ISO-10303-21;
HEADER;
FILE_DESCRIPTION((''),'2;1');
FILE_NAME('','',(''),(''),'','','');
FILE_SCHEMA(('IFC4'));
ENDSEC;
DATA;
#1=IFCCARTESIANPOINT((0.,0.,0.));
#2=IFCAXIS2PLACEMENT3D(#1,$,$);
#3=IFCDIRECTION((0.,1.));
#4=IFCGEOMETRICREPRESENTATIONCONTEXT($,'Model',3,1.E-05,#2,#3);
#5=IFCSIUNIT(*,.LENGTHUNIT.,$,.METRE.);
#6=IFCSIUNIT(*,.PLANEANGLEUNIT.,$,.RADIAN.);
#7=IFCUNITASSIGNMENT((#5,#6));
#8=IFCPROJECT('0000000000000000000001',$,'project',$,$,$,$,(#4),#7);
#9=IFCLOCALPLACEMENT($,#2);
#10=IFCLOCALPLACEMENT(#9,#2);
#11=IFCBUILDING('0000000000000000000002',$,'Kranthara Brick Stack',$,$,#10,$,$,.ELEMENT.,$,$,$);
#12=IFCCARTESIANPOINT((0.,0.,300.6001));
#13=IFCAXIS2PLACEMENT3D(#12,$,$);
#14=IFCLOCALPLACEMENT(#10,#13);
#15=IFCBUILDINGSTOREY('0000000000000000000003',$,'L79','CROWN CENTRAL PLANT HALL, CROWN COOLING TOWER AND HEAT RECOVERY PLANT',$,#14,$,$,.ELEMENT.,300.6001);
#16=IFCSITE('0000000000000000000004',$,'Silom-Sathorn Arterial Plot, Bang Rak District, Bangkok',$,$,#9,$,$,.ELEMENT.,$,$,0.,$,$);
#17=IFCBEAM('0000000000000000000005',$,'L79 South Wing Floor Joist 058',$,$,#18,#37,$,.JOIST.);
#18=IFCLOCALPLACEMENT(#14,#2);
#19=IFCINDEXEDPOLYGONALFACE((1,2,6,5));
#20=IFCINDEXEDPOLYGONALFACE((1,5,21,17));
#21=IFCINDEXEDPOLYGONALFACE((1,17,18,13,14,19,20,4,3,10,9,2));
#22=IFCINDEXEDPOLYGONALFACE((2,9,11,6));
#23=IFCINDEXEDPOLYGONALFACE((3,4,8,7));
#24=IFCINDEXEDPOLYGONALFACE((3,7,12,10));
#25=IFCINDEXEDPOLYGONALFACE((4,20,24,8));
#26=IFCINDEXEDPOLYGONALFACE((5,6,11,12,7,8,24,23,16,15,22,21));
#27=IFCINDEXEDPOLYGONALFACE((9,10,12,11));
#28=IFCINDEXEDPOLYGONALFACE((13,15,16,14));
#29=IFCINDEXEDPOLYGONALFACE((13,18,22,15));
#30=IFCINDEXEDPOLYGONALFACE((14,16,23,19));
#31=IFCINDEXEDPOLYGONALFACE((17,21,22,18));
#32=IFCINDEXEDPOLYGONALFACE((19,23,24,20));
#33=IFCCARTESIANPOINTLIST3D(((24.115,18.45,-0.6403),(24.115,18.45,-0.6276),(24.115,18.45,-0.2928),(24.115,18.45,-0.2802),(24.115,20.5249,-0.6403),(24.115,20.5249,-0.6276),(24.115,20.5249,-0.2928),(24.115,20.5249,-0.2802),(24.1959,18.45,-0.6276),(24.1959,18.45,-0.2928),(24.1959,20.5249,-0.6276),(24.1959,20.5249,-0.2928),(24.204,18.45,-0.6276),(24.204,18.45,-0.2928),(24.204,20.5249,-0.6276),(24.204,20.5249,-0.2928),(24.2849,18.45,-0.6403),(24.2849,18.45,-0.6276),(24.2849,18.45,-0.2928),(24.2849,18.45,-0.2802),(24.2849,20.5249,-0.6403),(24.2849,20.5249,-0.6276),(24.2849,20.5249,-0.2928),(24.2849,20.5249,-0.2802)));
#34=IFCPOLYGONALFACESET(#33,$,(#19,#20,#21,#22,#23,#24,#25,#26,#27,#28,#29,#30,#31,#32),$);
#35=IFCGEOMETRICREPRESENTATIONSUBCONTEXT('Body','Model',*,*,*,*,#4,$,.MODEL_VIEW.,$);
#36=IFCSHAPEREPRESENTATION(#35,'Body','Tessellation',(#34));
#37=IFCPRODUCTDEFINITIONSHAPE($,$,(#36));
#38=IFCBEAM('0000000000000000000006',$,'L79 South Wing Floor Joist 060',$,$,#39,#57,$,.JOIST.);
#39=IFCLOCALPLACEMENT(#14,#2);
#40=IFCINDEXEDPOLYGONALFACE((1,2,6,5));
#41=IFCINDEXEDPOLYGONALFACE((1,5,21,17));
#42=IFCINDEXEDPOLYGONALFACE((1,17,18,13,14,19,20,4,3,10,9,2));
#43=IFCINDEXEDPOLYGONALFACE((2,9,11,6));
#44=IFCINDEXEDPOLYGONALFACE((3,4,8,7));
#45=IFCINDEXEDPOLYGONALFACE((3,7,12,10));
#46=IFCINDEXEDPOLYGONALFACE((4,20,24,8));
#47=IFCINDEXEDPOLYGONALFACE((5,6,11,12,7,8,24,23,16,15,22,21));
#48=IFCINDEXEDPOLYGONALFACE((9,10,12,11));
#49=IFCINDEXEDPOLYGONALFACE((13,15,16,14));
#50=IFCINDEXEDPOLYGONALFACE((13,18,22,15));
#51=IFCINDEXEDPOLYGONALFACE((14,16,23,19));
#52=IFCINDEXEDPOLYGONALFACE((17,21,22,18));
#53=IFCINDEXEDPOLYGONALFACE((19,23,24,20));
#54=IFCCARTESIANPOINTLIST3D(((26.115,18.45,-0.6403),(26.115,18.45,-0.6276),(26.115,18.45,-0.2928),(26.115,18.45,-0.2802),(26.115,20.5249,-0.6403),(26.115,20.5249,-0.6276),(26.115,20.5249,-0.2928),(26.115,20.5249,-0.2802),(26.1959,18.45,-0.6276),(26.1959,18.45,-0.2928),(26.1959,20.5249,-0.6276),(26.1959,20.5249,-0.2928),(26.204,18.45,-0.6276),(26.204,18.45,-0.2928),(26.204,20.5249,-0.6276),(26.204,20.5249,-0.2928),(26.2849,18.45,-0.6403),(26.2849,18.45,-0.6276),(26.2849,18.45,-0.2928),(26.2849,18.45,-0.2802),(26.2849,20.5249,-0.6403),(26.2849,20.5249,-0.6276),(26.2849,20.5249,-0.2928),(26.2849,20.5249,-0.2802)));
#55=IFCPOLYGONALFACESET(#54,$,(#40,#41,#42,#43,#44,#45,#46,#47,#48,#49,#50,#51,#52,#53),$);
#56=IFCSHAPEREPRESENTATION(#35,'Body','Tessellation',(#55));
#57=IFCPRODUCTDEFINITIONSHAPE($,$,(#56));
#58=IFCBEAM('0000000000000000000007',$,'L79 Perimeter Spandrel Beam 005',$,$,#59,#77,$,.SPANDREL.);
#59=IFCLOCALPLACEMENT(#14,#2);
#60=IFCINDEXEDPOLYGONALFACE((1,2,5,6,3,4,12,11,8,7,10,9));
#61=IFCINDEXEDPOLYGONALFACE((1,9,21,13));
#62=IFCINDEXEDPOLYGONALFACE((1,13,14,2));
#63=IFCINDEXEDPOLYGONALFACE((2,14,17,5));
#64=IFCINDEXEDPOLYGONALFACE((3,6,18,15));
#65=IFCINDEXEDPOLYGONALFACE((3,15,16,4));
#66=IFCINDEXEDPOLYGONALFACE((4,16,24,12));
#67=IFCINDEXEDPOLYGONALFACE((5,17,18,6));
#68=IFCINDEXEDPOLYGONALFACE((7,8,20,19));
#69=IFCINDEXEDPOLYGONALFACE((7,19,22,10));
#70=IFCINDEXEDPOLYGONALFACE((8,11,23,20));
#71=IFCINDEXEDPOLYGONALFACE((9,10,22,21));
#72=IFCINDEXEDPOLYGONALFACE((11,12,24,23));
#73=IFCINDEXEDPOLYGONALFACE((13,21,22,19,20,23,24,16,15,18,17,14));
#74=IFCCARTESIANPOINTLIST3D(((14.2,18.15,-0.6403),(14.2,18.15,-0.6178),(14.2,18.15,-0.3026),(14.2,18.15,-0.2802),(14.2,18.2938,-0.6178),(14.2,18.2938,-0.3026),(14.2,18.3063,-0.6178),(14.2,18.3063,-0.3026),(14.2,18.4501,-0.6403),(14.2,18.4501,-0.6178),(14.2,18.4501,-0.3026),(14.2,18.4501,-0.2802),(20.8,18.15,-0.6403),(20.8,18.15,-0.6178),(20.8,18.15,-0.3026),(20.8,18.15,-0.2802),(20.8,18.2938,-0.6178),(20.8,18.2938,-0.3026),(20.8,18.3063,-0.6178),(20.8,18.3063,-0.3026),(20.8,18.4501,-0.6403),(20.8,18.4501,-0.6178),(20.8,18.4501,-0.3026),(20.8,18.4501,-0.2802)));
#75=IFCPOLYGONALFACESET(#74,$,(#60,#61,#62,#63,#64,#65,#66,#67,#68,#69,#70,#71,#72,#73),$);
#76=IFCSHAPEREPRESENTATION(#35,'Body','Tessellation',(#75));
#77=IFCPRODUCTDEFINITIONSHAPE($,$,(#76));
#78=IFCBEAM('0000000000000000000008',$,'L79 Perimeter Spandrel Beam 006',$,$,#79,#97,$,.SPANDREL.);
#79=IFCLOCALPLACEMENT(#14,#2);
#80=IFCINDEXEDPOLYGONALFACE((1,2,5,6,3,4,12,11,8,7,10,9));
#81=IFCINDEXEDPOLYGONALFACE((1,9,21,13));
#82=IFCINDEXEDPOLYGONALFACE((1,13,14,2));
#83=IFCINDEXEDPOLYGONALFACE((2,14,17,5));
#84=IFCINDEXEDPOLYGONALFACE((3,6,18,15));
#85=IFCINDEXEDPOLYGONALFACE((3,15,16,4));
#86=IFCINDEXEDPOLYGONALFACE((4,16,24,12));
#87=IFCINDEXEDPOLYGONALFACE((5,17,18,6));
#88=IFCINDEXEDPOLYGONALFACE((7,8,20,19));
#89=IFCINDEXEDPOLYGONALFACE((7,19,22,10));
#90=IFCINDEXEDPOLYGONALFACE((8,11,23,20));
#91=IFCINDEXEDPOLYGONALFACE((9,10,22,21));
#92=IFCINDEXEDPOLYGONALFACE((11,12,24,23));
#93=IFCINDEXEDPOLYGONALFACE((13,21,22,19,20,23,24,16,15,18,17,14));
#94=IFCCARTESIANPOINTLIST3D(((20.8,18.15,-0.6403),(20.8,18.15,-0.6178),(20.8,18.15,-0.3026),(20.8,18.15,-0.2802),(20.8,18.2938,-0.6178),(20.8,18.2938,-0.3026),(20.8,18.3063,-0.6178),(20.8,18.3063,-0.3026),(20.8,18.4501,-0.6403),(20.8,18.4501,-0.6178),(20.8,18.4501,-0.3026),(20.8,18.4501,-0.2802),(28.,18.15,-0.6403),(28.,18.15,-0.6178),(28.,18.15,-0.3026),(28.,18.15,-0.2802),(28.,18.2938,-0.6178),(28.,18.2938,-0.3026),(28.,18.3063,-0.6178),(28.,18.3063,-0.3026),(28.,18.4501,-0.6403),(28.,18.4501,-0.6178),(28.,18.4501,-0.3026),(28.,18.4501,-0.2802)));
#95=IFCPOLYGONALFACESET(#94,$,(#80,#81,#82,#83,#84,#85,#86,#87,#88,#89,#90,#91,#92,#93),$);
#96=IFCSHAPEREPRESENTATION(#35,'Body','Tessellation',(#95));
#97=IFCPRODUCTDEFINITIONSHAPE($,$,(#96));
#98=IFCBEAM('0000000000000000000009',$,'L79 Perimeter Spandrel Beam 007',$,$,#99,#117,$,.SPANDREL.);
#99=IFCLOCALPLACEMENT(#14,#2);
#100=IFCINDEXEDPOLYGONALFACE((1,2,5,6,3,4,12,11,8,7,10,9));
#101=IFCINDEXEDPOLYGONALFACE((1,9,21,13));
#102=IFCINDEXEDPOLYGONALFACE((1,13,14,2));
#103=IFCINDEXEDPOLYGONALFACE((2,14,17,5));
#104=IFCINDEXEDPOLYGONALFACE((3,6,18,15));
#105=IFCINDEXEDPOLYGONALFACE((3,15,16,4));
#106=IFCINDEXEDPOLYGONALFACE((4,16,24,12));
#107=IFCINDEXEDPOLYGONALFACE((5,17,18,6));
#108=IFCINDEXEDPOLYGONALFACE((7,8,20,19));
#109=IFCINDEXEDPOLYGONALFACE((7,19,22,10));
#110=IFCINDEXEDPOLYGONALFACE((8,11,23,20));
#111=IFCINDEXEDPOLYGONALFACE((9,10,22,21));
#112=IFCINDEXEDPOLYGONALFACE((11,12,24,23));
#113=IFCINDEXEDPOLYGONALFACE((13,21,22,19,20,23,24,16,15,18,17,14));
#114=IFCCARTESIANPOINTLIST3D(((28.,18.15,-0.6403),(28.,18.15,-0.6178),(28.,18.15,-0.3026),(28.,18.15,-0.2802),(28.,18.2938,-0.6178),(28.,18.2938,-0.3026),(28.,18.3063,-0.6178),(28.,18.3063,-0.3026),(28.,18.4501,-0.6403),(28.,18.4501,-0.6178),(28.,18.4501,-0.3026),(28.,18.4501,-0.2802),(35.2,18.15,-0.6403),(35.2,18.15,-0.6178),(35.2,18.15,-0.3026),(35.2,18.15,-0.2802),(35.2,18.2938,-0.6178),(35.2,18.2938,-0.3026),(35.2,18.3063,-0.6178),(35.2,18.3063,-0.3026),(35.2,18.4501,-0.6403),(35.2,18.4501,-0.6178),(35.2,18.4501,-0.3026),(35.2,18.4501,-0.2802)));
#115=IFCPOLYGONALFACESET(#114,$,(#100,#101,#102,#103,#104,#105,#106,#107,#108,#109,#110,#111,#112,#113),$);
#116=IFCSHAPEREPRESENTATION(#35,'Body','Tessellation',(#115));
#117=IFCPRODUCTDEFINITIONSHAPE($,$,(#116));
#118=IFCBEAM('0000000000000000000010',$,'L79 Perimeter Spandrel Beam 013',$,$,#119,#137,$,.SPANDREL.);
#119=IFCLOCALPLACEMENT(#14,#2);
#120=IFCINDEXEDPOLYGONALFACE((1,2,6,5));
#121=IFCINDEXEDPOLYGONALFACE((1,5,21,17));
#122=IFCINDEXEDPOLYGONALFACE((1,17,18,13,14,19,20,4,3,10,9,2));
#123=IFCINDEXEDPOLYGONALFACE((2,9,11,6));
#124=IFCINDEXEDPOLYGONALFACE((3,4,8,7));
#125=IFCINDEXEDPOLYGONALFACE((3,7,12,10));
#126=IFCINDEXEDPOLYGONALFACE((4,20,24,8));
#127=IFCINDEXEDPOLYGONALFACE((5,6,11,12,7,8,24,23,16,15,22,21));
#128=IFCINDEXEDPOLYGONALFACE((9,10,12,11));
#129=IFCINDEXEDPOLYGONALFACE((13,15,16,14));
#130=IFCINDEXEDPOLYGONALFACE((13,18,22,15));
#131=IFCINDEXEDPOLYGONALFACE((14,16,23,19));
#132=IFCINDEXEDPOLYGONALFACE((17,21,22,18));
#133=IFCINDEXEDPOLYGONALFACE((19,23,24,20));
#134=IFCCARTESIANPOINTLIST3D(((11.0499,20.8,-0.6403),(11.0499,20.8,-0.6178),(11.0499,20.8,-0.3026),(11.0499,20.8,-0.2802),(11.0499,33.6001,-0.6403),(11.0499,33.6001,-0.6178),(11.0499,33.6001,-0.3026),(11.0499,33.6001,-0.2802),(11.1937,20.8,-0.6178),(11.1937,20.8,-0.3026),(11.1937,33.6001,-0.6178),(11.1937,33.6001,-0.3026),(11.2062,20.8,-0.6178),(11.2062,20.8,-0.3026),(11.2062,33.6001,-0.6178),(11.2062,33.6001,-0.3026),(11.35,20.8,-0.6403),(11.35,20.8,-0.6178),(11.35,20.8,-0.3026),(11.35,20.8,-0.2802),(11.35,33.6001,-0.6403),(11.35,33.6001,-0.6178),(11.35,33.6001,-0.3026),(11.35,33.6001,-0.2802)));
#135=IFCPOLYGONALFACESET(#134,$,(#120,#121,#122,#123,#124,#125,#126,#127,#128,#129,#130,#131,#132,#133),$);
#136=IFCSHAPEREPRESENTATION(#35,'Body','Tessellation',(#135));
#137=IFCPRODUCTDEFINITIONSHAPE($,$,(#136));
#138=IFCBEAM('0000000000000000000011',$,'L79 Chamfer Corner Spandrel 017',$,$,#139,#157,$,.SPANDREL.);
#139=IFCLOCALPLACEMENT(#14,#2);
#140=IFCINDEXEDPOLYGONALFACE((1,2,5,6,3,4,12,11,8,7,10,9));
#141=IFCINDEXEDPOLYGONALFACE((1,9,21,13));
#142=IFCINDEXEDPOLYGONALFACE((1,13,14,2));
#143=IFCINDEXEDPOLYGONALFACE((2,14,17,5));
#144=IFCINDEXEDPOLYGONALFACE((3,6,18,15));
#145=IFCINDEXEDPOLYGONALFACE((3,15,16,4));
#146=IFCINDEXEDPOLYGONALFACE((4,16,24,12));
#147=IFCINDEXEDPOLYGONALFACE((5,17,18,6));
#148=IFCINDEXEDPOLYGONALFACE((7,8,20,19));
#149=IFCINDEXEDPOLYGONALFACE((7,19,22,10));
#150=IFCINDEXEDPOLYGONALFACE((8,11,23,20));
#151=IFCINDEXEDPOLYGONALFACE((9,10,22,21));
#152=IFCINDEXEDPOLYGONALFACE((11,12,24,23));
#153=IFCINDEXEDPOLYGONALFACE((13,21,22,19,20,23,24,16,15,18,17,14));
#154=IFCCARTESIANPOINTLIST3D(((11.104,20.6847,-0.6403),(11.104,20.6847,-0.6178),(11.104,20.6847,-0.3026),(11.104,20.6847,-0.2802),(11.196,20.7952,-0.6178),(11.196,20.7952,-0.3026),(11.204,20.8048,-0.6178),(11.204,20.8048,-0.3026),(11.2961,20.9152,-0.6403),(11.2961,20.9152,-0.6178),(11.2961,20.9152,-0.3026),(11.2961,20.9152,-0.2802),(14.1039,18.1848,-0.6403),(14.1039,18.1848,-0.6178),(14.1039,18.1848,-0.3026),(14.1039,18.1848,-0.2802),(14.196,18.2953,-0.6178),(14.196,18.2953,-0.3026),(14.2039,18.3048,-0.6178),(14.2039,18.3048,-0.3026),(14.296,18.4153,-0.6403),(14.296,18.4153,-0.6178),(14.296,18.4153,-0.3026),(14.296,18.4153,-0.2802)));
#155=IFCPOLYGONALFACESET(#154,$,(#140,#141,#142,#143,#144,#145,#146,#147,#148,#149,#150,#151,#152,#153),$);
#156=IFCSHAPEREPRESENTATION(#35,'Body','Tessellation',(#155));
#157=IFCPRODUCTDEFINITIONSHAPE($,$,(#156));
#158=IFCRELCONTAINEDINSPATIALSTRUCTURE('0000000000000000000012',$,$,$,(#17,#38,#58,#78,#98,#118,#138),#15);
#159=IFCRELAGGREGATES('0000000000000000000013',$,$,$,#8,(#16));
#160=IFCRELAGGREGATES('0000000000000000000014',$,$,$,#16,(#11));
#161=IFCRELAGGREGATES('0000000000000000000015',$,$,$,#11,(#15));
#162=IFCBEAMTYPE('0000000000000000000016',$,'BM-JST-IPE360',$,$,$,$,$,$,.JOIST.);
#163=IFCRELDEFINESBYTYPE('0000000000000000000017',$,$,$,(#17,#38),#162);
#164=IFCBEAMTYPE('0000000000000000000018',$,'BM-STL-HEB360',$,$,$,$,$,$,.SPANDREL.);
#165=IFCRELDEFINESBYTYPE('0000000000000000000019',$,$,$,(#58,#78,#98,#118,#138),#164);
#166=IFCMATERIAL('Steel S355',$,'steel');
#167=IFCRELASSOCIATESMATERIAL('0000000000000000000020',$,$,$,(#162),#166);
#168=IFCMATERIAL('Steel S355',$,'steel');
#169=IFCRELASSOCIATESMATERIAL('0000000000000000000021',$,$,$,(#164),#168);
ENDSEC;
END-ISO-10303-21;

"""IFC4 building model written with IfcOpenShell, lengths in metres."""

from ifc_helpers import new_model, si_unit, direction, frame, origin, origin_2d, place, context, subcontext, project, spatial, i_section, extrude, material, material_profile, profile_set, type_object, element, save


model = new_model("IFC4")

# Units and contexts
model_context = context("Model", 3, precision=1e-05, world=origin(), true_north=direction((0.0, 1.0)))
body_context = subcontext(model_context, "Body", "Model", "MODEL_VIEW")
ifc_project = project(units=[si_unit("LENGTHUNIT", "METRE"), si_unit("PLANEANGLEUNIT", "RADIAN")], contexts=[model_context])

# Site, building, storey
site_placement = place(None, origin())
site = spatial("IfcSite", under=ifc_project, at=site_placement, Name="Silom-Sathorn Arterial Plot, Bang Rak District, Bangkok", CompositionType="ELEMENT", RefElevation=0.0)
building_placement = place(site_placement, origin())
building = spatial("IfcBuilding", under=site, at=building_placement, Name="Kranthara Brick Stack", CompositionType="ELEMENT")
storey_placement = place(building_placement, frame((0.0, 0.0, 300.6001)))
storey = spatial("IfcBuildingStorey", under=building, at=storey_placement, Name="L79", Description="CROWN CENTRAL PLANT HALL, CROWN COOLING TOWER AND HEAT RECOVERY PLANT", CompositionType="ELEMENT", Elevation=300.6001)

# Beams
ifc_material_1 = material(Name="Steel S355", Category="steel")
ifc_material_profile_1 = material_profile(ifc_material_1, i_section(OverallWidth=0.1699, OverallDepth=0.3601, WebThickness=0.0081, FlangeThickness=0.0127, at=origin_2d()), Name="IPE 360")
ifc_profile_set_1 = profile_set([ifc_material_profile_1], Name="Steel S355")
beam_type_1 = type_object("IfcBeamType", Name="BM-JST-IPE360", PredefinedType="JOIST", material=ifc_profile_set_1)
for number, where, z_axis, x_axis, name in (
    (1, (24.2, 18.45, -0.4602), (0.0, 1.0, 0.0), (-1.0, 0.0, 0.0), "L79 South Wing Floor Joist 058"),
    (2, (26.2, 18.45, -0.4602), (0.0, 1.0, 0.0), (-1.0, 0.0, 0.0), "L79 South Wing Floor Joist 060"),
):
    element("IfcBeam", number, at=place(storey_placement, frame(where, z_axis=z_axis, x_axis=x_axis)), inside=storey, type_object=beam_type_1, Name=name, PredefinedType="JOIST", context=body_context, shape_type="SweptSolid", body=[
        extrude(i_section(OverallWidth=0.1699, OverallDepth=0.3601, WebThickness=0.0081, FlangeThickness=0.0127, at=origin_2d()), origin(), (0.0, 0.0, 1.0), 2.075),
    ])
ifc_material_2 = material(Name="Steel S355", Category="steel")
ifc_material_profile_2 = material_profile(ifc_material_2, i_section(OverallWidth=0.3, OverallDepth=0.3601, WebThickness=0.0125, FlangeThickness=0.0225, at=origin_2d()), Name="HEB 360")
ifc_profile_set_2 = profile_set([ifc_material_profile_2], Name="Steel S355")
beam_type_2 = type_object("IfcBeamType", Name="BM-STL-HEB360", PredefinedType="SPANDREL", material=ifc_profile_set_2)
beam_1_placement = place(storey_placement, frame((14.2, 18.3, -0.4602), z_axis=(1.0, 0.0, 0.0), x_axis=(0.0, 1.0, 0.0)))
element("IfcBeam", 3, at=beam_1_placement, inside=storey, type_object=beam_type_2, Name="L79 Perimeter Spandrel Beam 005", PredefinedType="SPANDREL", context=body_context, shape_type="SweptSolid", body=[
    extrude(i_section(OverallWidth=0.3, OverallDepth=0.3601, WebThickness=0.0125, FlangeThickness=0.0225, at=origin_2d()), origin(), (0.0, 0.0, 1.0), 6.6001),
])
for number, where, z_axis, x_axis, name in (
    (4, (20.8, 18.3, -0.4602), (1.0, 0.0, 0.0), (0.0, 1.0, 0.0), "L79 Perimeter Spandrel Beam 006"),
    (5, (28.0, 18.3, -0.4602), (1.0, 0.0, 0.0), (0.0, 1.0, 0.0), "L79 Perimeter Spandrel Beam 007"),
):
    element("IfcBeam", number, at=place(storey_placement, frame(where, z_axis=z_axis, x_axis=x_axis)), inside=storey, type_object=beam_type_2, Name=name, PredefinedType="SPANDREL", context=body_context, shape_type="SweptSolid", body=[
        extrude(i_section(OverallWidth=0.3, OverallDepth=0.3601, WebThickness=0.0125, FlangeThickness=0.0225, at=origin_2d()), origin(), (0.0, 0.0, 1.0), 7.2),
    ])
beam_2_placement = place(storey_placement, frame((11.2, 20.8, -0.4602), z_axis=(0.0, 1.0, 0.0), x_axis=(-1.0, 0.0, 0.0)))
element("IfcBeam", 6, at=beam_2_placement, inside=storey, type_object=beam_type_2, Name="L79 Perimeter Spandrel Beam 013", PredefinedType="SPANDREL", context=body_context, shape_type="SweptSolid", body=[
    extrude(i_section(OverallWidth=0.3, OverallDepth=0.3601, WebThickness=0.0125, FlangeThickness=0.0225, at=origin_2d()), origin(), (0.0, 0.0, 1.0), 12.8),
])
beam_3_placement = place(storey_placement, frame((14.2, 18.3, -0.4602), z_axis=(-0.768221, 0.640184, 0.0), x_axis=(-0.640184, -0.768221, 0.0)))
element("IfcBeam", 7, at=beam_3_placement, inside=storey, type_object=beam_type_2, Name="L79 Chamfer Corner Spandrel 017", PredefinedType="SPANDREL", context=body_context, shape_type="SweptSolid", body=[
    extrude(i_section(OverallWidth=0.3, OverallDepth=0.3601, WebThickness=0.0125, FlangeThickness=0.0225, at=origin_2d()), origin(), (0.0, 0.0, 1.0), 3.905),
])

save(model, "model.ifc")
